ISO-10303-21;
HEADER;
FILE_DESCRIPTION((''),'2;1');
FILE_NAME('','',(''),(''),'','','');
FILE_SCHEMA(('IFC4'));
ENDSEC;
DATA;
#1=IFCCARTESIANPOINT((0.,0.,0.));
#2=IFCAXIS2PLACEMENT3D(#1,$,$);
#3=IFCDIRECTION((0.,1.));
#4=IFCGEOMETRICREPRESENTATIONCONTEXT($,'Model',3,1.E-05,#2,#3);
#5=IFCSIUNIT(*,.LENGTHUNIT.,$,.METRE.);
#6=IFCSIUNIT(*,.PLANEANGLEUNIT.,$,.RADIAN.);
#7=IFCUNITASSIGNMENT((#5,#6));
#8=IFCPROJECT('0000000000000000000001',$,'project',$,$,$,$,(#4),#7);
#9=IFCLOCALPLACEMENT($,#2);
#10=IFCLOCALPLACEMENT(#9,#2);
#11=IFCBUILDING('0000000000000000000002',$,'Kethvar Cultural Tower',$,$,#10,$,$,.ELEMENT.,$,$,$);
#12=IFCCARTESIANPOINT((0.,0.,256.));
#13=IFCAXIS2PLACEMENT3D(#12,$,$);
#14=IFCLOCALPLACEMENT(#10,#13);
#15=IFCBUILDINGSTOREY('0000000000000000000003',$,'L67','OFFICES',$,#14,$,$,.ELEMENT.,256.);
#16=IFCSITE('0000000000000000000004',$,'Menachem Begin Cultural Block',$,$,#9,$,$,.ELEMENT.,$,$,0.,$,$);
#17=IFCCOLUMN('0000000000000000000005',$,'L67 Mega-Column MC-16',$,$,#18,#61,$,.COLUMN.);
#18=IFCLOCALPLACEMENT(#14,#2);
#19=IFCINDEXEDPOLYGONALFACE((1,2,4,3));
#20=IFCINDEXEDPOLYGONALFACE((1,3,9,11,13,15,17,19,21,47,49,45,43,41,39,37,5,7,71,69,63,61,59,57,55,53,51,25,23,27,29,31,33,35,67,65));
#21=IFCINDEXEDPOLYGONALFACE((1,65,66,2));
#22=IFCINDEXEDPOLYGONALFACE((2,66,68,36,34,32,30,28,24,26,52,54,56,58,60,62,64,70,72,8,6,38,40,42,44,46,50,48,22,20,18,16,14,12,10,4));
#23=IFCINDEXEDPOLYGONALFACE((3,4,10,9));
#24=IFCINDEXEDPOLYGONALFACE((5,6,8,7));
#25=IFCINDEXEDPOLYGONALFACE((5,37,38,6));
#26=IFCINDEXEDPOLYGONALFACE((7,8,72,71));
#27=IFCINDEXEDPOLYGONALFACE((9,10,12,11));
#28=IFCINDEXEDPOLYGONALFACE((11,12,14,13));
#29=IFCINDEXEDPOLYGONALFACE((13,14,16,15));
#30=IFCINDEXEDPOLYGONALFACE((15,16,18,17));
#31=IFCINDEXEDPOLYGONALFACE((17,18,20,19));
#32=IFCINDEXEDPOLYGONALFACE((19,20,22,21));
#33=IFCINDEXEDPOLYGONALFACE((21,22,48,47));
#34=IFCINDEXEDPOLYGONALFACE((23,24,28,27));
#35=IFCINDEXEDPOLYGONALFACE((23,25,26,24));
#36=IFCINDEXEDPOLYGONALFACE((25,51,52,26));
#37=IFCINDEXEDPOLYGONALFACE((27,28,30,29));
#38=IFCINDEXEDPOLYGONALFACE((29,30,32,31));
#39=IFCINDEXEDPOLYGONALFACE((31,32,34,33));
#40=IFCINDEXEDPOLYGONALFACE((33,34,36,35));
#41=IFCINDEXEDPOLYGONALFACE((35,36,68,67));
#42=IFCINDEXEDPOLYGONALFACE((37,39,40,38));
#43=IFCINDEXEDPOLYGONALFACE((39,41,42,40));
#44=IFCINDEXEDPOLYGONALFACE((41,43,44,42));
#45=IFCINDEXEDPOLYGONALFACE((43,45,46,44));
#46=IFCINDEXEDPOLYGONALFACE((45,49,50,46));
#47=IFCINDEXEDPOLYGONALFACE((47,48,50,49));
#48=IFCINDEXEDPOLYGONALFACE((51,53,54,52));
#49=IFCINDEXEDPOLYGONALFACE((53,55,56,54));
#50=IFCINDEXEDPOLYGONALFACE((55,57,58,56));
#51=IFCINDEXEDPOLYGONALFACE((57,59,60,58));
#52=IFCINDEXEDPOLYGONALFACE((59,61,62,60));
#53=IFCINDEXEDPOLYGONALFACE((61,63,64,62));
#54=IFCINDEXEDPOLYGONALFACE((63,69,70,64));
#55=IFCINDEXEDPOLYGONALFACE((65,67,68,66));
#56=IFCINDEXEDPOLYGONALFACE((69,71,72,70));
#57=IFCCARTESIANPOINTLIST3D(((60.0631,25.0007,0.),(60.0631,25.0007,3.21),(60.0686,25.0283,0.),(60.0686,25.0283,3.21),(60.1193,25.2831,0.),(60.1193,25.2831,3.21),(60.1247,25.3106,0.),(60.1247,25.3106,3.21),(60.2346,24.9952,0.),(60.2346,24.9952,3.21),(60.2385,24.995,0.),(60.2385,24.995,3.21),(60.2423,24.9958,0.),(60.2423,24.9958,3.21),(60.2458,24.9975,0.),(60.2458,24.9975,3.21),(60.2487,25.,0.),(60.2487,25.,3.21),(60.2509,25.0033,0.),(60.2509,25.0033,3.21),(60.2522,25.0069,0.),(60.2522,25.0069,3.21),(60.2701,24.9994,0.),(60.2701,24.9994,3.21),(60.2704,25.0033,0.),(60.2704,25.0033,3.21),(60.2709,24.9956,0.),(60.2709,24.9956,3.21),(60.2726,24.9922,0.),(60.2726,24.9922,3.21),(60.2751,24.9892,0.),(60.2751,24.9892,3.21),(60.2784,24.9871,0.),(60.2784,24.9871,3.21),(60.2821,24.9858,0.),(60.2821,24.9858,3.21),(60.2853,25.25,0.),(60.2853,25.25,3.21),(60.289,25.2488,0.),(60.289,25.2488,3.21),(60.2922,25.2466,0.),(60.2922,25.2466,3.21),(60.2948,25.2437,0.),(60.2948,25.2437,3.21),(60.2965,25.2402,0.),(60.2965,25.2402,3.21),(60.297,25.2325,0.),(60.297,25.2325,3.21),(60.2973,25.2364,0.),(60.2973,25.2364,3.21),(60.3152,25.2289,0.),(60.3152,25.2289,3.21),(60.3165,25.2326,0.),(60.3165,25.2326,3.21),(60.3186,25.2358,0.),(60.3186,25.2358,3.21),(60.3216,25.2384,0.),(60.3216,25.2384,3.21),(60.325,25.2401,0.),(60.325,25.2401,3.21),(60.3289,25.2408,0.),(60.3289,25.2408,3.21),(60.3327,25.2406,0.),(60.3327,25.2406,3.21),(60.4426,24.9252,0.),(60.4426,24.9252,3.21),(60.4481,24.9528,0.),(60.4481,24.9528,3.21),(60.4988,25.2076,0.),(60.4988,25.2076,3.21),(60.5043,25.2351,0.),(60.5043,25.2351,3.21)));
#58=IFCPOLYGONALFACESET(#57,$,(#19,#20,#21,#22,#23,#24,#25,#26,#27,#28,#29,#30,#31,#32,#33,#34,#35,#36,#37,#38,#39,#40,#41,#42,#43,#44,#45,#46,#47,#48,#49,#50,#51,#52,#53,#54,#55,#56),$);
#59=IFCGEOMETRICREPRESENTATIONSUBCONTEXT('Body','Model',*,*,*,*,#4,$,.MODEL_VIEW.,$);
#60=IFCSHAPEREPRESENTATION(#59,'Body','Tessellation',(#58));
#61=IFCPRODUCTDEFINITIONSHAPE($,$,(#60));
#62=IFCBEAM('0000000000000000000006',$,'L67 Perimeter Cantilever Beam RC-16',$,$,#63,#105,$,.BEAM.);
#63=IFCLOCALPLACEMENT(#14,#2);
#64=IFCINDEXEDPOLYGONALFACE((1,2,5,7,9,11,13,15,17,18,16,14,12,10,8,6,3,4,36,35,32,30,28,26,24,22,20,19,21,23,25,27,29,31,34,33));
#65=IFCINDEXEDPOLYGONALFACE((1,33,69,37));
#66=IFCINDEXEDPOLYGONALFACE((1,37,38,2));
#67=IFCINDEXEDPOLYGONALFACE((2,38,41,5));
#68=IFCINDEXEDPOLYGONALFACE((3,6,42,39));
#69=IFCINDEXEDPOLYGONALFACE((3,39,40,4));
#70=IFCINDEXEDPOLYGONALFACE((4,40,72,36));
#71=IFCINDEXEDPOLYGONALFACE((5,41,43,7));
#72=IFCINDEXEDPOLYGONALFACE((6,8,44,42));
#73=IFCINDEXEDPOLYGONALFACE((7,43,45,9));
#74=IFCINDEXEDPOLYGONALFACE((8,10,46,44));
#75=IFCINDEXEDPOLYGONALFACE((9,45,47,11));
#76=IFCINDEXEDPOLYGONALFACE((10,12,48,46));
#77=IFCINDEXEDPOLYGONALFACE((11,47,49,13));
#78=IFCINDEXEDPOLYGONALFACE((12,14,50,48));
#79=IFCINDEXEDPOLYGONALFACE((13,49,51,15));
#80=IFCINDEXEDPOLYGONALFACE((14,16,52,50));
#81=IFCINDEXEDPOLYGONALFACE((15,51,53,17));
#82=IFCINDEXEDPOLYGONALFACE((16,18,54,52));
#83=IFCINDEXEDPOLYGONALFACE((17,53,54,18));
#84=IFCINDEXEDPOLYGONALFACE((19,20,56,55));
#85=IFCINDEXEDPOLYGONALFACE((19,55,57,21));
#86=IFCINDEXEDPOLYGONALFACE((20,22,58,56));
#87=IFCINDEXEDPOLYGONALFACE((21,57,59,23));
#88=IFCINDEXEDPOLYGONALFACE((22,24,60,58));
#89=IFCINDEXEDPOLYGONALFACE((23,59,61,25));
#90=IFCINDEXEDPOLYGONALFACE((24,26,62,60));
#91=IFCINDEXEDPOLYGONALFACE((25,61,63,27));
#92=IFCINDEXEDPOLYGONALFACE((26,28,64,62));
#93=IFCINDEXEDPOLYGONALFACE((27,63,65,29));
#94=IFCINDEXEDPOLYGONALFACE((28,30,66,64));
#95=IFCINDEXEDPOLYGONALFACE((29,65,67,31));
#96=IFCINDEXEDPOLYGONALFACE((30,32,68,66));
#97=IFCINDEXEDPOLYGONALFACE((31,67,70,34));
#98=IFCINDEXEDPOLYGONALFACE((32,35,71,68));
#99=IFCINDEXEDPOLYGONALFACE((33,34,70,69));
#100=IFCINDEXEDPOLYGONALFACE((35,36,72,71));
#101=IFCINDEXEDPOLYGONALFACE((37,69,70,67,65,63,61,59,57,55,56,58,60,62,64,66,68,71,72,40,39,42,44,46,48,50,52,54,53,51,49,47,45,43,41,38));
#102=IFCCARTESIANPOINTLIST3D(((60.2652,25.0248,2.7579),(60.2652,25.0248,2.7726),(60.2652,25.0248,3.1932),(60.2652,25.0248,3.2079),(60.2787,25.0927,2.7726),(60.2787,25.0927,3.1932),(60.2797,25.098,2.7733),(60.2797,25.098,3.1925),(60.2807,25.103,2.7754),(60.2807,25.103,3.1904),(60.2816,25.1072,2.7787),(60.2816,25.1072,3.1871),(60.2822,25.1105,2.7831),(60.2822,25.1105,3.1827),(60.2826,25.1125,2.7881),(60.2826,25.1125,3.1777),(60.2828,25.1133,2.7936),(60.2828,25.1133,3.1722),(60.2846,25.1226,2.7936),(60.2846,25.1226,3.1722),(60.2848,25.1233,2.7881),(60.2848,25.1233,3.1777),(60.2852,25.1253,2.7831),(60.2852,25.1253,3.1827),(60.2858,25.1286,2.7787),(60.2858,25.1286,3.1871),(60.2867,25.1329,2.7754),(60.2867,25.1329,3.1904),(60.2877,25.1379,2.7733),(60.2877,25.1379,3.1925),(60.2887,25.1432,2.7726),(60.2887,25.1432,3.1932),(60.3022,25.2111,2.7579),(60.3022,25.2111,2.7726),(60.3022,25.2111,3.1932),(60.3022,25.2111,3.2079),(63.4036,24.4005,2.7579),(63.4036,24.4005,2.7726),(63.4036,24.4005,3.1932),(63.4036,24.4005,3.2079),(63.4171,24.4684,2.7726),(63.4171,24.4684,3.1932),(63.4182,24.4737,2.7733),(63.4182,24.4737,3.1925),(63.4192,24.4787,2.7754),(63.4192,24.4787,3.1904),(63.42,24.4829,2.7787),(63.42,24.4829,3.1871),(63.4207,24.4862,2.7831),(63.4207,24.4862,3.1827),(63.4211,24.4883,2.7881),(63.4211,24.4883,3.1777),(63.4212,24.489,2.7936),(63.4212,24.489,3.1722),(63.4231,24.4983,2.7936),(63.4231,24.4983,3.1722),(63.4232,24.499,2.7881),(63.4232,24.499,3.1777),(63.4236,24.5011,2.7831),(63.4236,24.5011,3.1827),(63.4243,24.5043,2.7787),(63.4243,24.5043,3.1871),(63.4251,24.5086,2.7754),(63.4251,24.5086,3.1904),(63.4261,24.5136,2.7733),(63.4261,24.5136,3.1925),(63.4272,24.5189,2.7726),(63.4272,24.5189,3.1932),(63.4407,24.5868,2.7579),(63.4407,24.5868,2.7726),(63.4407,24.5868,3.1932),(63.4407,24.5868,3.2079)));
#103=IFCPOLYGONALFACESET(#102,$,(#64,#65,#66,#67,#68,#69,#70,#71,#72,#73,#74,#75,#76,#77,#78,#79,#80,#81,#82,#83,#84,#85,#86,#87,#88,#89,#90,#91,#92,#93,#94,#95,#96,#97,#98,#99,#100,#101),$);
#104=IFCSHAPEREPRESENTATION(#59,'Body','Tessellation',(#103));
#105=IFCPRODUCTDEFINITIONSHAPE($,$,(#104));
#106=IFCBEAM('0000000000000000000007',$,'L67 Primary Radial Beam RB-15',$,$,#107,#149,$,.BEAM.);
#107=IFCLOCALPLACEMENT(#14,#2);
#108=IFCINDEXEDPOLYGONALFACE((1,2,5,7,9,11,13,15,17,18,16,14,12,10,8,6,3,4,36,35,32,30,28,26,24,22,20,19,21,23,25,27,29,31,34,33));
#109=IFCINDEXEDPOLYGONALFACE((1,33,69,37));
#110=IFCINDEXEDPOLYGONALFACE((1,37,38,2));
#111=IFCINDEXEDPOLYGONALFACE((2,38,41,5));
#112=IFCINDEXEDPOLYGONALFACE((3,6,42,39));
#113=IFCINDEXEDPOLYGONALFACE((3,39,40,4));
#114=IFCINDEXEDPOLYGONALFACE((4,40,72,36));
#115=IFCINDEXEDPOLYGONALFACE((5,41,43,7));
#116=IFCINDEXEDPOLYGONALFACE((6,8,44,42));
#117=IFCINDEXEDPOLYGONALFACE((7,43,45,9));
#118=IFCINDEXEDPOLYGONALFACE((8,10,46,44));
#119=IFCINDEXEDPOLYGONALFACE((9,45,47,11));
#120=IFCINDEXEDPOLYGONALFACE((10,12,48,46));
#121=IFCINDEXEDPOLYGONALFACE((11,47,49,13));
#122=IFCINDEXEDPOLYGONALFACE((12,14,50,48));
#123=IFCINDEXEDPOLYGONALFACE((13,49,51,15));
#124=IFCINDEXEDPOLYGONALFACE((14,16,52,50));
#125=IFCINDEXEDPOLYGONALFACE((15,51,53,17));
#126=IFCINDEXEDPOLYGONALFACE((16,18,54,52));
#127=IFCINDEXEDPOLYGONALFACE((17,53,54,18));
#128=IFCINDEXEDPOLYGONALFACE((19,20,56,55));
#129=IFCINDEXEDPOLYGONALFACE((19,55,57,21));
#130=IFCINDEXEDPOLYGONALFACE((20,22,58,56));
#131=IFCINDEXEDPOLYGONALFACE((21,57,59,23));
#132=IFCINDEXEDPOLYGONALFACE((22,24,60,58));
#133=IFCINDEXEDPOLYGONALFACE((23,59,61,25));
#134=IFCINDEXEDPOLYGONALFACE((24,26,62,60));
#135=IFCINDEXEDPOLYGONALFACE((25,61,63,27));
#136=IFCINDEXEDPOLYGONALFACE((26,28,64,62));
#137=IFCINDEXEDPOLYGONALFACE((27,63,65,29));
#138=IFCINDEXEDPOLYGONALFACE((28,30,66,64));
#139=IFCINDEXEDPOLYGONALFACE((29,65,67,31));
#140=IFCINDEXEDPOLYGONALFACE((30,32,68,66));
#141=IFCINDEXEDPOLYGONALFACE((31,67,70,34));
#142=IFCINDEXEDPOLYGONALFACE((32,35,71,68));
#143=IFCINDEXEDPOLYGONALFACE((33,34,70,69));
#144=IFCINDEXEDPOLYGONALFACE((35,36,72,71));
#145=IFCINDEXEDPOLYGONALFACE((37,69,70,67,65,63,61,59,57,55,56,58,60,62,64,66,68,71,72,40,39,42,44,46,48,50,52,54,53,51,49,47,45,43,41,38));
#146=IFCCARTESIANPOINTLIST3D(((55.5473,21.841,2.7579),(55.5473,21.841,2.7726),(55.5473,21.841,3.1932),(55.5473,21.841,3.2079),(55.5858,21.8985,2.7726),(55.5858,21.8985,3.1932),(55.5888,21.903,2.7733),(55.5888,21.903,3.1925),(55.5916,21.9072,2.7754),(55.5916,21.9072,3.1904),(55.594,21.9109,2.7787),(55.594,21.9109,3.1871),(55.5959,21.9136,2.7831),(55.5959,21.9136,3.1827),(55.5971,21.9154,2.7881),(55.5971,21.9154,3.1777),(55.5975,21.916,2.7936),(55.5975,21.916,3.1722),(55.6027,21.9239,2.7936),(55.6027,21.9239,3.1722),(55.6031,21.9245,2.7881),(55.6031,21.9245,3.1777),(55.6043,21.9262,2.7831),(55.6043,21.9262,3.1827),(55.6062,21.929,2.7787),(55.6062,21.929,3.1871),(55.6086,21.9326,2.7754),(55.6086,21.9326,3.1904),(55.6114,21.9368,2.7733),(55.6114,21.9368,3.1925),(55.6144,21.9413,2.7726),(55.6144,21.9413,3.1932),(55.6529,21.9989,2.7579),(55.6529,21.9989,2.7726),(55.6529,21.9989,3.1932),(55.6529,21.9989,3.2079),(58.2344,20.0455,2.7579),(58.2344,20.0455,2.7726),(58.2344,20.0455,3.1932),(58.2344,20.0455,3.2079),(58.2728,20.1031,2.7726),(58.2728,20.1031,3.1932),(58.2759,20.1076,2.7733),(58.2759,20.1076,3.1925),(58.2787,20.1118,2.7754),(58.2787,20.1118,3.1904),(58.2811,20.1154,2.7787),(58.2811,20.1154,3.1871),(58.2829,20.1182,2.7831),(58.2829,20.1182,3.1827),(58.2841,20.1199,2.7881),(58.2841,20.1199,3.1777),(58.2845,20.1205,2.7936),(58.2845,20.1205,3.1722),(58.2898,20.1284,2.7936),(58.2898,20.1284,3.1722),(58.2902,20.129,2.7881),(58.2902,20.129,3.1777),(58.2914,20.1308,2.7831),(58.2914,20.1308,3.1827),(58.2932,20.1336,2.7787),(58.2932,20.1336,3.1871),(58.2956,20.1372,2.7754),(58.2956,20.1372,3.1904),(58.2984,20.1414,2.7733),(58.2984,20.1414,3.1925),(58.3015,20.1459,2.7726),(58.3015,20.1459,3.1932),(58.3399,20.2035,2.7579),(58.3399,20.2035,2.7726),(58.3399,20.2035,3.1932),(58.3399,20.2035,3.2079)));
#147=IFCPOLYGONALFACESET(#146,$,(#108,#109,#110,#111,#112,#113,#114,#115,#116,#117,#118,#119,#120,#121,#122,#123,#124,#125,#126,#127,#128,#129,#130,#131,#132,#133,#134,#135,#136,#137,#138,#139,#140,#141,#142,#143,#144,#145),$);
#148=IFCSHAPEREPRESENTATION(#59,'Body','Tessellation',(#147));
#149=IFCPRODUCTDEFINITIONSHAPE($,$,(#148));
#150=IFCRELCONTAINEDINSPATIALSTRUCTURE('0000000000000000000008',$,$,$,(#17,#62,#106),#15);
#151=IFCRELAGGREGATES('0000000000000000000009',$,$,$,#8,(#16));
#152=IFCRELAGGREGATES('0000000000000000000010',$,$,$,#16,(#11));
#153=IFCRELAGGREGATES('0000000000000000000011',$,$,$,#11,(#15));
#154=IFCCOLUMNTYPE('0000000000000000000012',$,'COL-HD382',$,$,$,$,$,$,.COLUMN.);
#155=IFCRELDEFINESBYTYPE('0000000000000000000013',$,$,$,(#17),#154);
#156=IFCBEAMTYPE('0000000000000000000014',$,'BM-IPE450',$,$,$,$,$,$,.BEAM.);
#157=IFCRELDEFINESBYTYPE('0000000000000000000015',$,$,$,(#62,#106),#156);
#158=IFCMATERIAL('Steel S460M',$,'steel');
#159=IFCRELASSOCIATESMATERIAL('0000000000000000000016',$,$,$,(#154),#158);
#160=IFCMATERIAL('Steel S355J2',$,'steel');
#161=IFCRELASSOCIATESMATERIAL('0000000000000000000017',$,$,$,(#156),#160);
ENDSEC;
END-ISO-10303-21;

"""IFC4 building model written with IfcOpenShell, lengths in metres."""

from ifc_helpers import new_model, si_unit, direction, frame, origin, origin_2d, place, context, subcontext, project, spatial, i_section, extrude, source, transform, mapped, material, material_profile, profile_set, type_object, element, save


model = new_model("IFC4")

# Units and contexts
model_context = context("Model", 3, precision=1e-05, world=origin(), true_north=direction((0.0, 1.0)))
body_context = subcontext(model_context, "Body", "Model", "MODEL_VIEW")
ifc_project = project(units=[si_unit("LENGTHUNIT", "METRE"), si_unit("PLANEANGLEUNIT", "RADIAN")], contexts=[model_context])

# Site, building, storey
site_placement = place(None, origin())
site = spatial("IfcSite", under=ifc_project, at=site_placement, Name="Menachem Begin Cultural Block", CompositionType="ELEMENT", RefElevation=0.0)
building_placement = place(site_placement, origin())
building = spatial("IfcBuilding", under=site, at=building_placement, Name="Kethvar Cultural Tower", CompositionType="ELEMENT")
storey_placement = place(building_placement, frame((0.0, 0.0, 256.0)))
storey = spatial("IfcBuildingStorey", under=building, at=storey_placement, Name="L67", Description="OFFICES", CompositionType="ELEMENT", Elevation=256.0)

# Column
ifc_material_1 = material(Name="Steel S460M", Category="steel")
ifc_material_profile_1 = material_profile(ifc_material_1, i_section(OverallWidth=0.387, OverallDepth=0.3159, WebThickness=0.0186, FlangeThickness=0.0281, FilletRadius=0.0149, at=origin_2d()), Name="Steel S460M — HD400x382")
ifc_profile_set_1 = profile_set([ifc_material_profile_1], Name="Steel S460M — HD400x382")
column_type = type_object("IfcColumnType", Name="COL-HD382", PredefinedType="COLUMN", material=ifc_profile_set_1)
shared_shape_1 = source(origin(), body_context, "Body", "SweptSolid", [
    extrude(i_section(OverallWidth=0.387, OverallDepth=0.3159, WebThickness=0.0186, FlangeThickness=0.0281, FilletRadius=0.0149, at=origin_2d()), origin(), (0.0, 0.0, 1.0), 3.21),
])
column_placement = place(storey_placement, frame((60.2837, 25.1179, 0.0), z_axis=(0.0, 0.0, 1.0), x_axis=(0.980785, -0.19509, 0.0)))
element("IfcColumn", 1, at=column_placement, inside=storey, type_object=column_type, Name="L67 Mega-Column MC-16", PredefinedType="COLUMN", context=body_context, shape_type="MappedRepresentation", body=[
    mapped(shared_shape_1, transform((0.0, 0.0, 0.0), scale=1.0)),
])

# Beams
ifc_material_2 = material(Name="Steel S355J2", Category="steel")
ifc_material_profile_2 = material_profile(ifc_material_2, i_section(OverallWidth=0.1899, OverallDepth=0.45, WebThickness=0.0095, FlangeThickness=0.0146, FilletRadius=0.021, at=origin_2d()), Name="Steel S355J2 — IPE450")
ifc_profile_set_2 = profile_set([ifc_material_profile_2], Name="Steel S355J2 — IPE450")
beam_type_1 = type_object("IfcBeamType", Name="BM-IPE450", PredefinedType="BEAM", material=ifc_profile_set_2)
shared_shape_2 = source(origin(), body_context, "Body", "SweptSolid", [
    extrude(i_section(OverallWidth=0.1899, OverallDepth=0.45, WebThickness=0.0095, FlangeThickness=0.0146, FilletRadius=0.021, at=origin_2d()), origin(), (0.0, 0.0, 1.0), 3.2),
])
beam_1_placement = place(storey_placement, frame((60.2837, 25.1179, 2.9829), z_axis=(0.980786, -0.195089, 0.0), x_axis=(0.195089, 0.980786, 0.0)))
element("IfcBeam", 2, at=beam_1_placement, inside=storey, type_object=beam_type_1, Name="L67 Perimeter Cantilever Beam RC-16", PredefinedType="BEAM", context=body_context, shape_type="MappedRepresentation", body=[
    mapped(shared_shape_2, transform((0.0, 0.0, 0.0), scale=1.0)),
])
shared_shape_3 = source(origin(), body_context, "Body", "SweptSolid", [
    extrude(i_section(OverallWidth=0.1899, OverallDepth=0.45, WebThickness=0.0095, FlangeThickness=0.0146, FilletRadius=0.021, at=origin_2d()), origin(), (0.0, 0.0, 1.0), 3.2317),
])
beam_2_placement = place(storey_placement, frame((55.6001, 21.9199, 2.9829), z_axis=(0.831469, -0.555572, 0.0), x_axis=(0.555572, 0.831469, 0.0)))
element("IfcBeam", 3, at=beam_2_placement, inside=storey, type_object=beam_type_1, Name="L67 Primary Radial Beam RB-15", PredefinedType="BEAM", context=body_context, shape_type="MappedRepresentation", body=[
    mapped(shared_shape_3, transform((0.0, 0.0, 0.0), scale=1.0)),
])

save(model, "model.ifc")
